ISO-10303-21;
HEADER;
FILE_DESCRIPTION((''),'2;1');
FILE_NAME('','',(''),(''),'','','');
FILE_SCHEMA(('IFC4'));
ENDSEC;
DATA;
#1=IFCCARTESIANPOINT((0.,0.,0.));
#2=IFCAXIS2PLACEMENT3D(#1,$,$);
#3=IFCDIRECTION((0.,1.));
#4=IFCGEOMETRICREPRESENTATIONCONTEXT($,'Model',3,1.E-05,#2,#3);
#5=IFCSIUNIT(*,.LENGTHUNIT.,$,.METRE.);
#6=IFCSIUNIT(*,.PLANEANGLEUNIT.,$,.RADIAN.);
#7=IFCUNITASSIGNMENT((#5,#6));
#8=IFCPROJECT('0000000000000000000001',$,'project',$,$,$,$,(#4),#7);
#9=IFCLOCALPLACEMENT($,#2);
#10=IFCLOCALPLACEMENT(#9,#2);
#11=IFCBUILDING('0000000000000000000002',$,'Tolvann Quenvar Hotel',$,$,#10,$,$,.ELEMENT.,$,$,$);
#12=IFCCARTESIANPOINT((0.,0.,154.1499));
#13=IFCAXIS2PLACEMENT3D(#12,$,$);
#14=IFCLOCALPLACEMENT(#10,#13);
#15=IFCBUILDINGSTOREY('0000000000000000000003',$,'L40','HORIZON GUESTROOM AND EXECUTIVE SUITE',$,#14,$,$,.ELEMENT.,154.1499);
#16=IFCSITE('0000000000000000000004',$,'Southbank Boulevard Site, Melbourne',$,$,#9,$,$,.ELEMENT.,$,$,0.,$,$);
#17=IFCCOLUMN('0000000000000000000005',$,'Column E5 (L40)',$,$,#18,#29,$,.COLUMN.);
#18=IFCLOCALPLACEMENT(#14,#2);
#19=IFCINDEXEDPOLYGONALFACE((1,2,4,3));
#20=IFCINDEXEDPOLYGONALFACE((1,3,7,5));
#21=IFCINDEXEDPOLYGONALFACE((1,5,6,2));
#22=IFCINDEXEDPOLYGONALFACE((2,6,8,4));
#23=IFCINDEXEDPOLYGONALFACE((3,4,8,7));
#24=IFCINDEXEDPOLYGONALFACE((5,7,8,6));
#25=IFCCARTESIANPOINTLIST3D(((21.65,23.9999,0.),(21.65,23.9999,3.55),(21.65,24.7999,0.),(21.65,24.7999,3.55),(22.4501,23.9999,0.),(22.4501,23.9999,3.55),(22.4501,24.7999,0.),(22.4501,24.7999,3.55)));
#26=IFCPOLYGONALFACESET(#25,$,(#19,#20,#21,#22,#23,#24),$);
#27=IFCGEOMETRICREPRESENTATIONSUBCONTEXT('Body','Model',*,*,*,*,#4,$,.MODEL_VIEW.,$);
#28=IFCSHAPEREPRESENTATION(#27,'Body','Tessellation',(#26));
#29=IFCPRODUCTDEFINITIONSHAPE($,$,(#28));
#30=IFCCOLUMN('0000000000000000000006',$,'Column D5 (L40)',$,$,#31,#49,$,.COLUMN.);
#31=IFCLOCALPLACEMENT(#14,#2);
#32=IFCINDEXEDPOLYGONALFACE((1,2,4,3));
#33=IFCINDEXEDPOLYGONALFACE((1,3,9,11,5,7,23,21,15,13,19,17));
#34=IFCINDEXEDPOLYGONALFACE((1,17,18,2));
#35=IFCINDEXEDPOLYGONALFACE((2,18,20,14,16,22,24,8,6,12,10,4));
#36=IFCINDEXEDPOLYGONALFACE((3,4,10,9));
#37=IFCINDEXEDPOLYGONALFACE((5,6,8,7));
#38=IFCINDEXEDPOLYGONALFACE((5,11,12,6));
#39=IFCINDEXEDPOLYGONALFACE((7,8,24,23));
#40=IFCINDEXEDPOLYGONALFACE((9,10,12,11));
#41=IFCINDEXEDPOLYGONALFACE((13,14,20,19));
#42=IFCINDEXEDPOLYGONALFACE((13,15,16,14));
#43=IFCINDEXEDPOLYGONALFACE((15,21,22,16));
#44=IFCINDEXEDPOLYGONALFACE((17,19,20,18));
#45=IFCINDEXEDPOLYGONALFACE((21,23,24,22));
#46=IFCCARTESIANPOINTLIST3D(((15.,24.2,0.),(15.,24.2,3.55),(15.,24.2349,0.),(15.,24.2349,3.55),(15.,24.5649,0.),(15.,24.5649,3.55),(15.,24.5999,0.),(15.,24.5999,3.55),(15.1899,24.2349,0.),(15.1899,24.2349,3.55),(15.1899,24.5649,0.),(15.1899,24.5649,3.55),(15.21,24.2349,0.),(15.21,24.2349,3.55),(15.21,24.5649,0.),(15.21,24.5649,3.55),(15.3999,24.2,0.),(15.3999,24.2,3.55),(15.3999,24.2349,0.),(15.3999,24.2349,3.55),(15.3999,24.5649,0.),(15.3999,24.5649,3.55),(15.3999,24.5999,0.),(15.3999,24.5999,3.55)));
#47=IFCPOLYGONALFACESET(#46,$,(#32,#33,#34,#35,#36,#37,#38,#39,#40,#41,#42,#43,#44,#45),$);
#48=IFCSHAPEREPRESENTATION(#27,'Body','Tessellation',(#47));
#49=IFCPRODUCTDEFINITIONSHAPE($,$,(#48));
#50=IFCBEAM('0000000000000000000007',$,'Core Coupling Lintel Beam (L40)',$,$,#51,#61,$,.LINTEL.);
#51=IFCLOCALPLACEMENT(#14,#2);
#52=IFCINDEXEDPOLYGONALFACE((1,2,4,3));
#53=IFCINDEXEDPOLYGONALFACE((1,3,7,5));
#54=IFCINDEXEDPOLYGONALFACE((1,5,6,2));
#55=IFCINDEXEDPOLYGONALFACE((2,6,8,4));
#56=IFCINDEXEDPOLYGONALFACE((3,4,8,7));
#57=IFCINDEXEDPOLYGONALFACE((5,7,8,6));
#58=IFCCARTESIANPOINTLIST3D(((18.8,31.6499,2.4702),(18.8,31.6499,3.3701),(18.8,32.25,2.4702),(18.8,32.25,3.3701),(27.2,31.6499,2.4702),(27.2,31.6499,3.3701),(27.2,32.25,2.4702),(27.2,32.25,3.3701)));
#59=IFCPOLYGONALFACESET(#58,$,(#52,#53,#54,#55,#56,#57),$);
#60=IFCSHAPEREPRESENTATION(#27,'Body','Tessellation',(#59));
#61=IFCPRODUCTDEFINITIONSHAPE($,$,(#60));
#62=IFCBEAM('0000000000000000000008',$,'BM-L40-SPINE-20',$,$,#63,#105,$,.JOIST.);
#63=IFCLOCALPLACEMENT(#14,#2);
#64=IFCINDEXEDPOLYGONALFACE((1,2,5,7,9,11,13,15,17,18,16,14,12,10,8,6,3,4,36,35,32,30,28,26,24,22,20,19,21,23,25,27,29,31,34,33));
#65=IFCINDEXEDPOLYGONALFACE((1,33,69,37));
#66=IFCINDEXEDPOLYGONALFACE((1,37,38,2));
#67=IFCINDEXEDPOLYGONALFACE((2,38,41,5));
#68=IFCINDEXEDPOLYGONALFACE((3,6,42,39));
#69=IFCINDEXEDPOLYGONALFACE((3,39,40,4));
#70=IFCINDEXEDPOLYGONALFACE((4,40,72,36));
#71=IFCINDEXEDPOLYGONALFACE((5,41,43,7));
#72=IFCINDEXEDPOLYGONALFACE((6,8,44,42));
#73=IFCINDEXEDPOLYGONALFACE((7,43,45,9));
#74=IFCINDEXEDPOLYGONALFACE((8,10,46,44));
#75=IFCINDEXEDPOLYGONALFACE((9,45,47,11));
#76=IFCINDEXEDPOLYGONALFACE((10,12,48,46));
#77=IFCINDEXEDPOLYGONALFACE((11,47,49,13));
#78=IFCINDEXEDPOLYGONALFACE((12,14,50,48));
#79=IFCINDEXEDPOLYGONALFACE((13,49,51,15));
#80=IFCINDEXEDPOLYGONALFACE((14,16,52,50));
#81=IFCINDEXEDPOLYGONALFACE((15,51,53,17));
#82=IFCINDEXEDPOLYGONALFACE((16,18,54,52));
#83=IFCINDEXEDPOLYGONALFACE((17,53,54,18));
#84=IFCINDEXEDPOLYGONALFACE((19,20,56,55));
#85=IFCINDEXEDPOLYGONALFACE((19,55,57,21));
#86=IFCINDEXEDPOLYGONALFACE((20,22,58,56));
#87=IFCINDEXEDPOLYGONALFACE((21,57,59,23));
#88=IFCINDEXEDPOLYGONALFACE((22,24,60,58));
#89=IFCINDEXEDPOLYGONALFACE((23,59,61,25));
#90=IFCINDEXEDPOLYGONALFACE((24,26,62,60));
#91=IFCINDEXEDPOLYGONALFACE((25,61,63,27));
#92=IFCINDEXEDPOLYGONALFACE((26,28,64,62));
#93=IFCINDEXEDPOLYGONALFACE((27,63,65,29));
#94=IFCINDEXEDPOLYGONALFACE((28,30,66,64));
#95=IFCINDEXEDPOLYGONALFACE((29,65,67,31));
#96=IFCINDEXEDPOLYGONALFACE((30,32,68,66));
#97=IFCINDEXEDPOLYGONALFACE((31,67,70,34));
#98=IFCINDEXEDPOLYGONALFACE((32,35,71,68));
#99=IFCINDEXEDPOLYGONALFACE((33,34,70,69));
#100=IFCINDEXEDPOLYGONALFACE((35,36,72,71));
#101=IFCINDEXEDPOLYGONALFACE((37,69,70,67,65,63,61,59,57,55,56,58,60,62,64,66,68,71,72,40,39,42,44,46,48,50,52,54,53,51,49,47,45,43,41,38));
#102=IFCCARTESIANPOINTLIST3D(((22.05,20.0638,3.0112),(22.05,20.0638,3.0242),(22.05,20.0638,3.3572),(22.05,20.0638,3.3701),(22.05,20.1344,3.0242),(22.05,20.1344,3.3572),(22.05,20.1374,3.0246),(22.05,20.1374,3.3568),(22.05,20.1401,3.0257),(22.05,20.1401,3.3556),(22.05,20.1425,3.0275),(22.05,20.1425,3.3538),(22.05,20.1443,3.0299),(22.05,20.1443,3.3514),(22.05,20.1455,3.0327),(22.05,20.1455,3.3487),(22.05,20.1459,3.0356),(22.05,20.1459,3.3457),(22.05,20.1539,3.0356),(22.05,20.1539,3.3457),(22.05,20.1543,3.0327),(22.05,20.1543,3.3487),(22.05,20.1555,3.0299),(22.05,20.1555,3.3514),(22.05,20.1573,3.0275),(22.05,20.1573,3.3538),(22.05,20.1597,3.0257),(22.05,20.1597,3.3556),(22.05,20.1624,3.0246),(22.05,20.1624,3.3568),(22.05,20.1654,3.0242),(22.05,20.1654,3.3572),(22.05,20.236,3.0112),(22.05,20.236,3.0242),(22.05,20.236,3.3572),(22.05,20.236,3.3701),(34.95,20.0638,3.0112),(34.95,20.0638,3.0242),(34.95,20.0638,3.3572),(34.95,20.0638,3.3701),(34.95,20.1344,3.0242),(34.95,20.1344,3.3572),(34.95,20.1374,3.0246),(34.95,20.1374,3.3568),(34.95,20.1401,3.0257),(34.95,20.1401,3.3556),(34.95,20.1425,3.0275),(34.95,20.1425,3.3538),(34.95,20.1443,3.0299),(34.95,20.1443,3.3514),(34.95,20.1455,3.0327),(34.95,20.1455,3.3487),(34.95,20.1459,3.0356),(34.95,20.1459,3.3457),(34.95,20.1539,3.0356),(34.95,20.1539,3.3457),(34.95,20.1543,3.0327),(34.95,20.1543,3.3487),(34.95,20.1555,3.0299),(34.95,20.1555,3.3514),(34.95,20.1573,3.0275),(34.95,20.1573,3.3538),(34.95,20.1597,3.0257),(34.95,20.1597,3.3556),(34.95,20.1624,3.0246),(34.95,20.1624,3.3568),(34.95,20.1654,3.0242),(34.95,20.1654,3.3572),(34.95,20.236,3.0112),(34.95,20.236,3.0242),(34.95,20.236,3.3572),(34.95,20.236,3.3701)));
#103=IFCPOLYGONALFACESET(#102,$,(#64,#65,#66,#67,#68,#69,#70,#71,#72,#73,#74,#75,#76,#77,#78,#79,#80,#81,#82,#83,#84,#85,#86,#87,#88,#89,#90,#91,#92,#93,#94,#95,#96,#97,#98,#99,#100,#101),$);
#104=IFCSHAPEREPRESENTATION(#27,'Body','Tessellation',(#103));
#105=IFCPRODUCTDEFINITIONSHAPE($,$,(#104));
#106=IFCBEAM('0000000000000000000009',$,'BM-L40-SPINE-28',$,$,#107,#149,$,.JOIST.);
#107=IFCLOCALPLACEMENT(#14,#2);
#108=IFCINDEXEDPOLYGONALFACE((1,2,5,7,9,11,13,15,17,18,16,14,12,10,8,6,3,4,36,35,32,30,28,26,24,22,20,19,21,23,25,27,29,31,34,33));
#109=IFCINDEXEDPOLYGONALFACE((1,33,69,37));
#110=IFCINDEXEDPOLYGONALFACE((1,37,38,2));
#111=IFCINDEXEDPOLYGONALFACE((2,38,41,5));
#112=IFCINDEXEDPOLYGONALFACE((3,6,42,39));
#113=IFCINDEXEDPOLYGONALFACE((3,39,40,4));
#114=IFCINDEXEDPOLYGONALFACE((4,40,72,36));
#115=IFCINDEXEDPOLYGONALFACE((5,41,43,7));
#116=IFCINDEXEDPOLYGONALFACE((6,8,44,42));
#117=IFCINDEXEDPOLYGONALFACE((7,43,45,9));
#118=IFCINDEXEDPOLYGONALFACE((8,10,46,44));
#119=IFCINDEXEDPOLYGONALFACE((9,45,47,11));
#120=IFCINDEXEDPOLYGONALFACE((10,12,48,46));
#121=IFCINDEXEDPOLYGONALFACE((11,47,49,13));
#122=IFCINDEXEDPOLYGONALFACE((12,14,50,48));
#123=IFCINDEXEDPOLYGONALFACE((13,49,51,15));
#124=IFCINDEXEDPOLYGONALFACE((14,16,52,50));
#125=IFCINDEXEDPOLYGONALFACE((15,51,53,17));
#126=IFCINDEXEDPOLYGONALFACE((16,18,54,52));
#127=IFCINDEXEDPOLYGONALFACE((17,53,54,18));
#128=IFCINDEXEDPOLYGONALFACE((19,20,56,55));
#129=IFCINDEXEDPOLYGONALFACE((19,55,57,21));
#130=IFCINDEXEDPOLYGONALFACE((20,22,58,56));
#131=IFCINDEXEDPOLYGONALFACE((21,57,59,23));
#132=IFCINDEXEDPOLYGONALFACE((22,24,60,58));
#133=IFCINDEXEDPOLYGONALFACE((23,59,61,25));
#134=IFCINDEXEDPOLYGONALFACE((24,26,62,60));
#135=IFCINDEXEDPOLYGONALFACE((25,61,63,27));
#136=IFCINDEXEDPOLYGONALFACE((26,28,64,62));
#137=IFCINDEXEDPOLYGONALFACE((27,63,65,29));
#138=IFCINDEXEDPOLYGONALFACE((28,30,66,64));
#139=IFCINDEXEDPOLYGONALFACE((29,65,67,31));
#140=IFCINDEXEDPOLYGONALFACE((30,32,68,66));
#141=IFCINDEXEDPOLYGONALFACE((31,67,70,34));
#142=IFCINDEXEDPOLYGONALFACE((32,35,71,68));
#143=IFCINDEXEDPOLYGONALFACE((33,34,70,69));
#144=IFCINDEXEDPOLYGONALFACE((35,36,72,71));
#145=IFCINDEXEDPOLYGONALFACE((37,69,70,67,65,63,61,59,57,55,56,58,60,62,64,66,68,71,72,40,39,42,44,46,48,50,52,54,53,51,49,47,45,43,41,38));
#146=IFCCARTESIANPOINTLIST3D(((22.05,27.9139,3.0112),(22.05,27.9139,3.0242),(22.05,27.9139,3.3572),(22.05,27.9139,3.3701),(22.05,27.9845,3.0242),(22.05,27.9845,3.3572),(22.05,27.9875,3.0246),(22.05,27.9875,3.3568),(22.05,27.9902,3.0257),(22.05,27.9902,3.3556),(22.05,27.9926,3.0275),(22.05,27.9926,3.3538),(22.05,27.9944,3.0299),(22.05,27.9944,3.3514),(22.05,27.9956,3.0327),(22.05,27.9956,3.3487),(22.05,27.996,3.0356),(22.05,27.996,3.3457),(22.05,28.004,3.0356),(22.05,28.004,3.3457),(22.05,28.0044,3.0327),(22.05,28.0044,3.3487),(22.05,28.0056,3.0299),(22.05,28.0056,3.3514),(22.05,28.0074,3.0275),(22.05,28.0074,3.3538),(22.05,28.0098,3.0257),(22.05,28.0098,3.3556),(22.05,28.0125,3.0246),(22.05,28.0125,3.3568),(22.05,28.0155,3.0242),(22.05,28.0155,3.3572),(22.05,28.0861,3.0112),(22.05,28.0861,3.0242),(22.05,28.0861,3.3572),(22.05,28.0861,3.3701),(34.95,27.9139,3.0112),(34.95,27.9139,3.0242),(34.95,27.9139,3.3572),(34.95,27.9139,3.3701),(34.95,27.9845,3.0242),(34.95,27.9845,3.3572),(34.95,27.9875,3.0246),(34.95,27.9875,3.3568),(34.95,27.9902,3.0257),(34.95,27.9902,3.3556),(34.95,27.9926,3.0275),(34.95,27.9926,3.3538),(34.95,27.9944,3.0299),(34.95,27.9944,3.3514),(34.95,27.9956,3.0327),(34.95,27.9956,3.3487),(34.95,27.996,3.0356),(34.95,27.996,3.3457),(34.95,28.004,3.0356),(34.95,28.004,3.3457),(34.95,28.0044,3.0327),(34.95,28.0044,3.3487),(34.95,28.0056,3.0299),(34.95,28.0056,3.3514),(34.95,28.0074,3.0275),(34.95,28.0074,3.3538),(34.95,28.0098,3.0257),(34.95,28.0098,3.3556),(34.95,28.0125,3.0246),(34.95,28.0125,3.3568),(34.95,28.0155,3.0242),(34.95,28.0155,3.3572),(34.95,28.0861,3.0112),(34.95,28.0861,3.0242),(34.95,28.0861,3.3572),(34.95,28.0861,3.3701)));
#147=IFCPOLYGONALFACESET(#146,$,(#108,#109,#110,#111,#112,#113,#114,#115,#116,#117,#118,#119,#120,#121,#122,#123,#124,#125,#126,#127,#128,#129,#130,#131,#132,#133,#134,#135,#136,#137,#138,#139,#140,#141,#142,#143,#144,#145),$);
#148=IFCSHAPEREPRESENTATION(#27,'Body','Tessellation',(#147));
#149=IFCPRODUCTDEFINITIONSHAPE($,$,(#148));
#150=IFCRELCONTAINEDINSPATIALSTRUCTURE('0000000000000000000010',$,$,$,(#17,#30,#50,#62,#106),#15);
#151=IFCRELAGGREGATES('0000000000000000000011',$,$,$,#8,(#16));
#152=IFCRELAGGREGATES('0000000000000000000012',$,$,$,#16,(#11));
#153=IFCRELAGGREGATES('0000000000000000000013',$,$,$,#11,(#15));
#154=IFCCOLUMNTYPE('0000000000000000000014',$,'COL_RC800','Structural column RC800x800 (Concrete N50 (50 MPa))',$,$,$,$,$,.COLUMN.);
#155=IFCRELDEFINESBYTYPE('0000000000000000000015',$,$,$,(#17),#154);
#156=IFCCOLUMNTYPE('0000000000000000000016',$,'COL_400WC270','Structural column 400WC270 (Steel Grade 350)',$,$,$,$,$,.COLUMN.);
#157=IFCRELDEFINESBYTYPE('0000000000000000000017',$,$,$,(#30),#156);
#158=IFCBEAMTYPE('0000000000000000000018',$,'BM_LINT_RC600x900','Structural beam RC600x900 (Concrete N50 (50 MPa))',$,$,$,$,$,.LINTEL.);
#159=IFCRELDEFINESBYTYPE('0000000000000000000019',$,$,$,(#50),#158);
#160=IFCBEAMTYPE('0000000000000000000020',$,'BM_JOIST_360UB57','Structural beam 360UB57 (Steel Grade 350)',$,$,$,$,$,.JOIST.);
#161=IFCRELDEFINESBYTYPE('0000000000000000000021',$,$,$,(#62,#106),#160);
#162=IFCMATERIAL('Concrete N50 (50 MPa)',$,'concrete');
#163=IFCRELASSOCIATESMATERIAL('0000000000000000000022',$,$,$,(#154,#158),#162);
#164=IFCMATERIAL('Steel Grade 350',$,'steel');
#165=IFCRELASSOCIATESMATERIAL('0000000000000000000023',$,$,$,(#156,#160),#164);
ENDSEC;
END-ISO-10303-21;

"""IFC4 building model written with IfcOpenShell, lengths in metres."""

from ifc_helpers import new_model, si_unit, direction, frame, origin, origin_2d, place, context, subcontext, project, spatial, rectangle, i_section, extrude, source, transform, mapped, material, material_profile, profile_set, type_object, type_shapes, element, save


model = new_model("IFC4")

# Units and contexts
model_context = context("Model", 3, precision=1e-05, world=origin(), true_north=direction((0.0, 1.0)))
body_context = subcontext(model_context, "Body", "Model", "MODEL_VIEW")
ifc_project = project(units=[si_unit("LENGTHUNIT", "METRE"), si_unit("PLANEANGLEUNIT", "RADIAN")], contexts=[model_context])

# Site, building, storey
site_placement = place(None, origin())
site = spatial("IfcSite", under=ifc_project, at=site_placement, Name="Southbank Boulevard Site, Melbourne", CompositionType="ELEMENT", RefElevation=0.0)
building_placement = place(site_placement, origin())
building = spatial("IfcBuilding", under=site, at=building_placement, Name="Tolvann Quenvar Hotel", CompositionType="ELEMENT")
storey_placement = place(building_placement, frame((0.0, 0.0, 154.1499)))
storey = spatial("IfcBuildingStorey", under=building, at=storey_placement, Name="L40", Description="HORIZON GUESTROOM AND EXECUTIVE SUITE", CompositionType="ELEMENT", Elevation=154.1499)

# Columns
ifc_material_1 = material(Name="Concrete N50 (50 MPa)", Category="concrete")
ifc_material_profile_1 = material_profile(ifc_material_1, rectangle(XDim=0.8, YDim=0.8, at=origin_2d()), Name="RC800x800")
ifc_profile_set_1 = profile_set([ifc_material_profile_1], Name="Concrete N50 (50 MPa)")
column_type_1 = type_object("IfcColumnType", Name="COL_RC800", Description="Structural column RC800x800 (Concrete N50 (50 MPa))", PredefinedType="COLUMN", material=ifc_profile_set_1)
shared_shape_1 = source(origin(), body_context, "Body", "SweptSolid", [
    extrude(rectangle(XDim=0.8, YDim=0.8, at=origin_2d()), origin(), (0.0, 0.0, 1.0), 3.55),
])
type_shapes(column_type_1, [shared_shape_1])
column_1_placement = place(storey_placement, frame((22.05, 24.3999, 0.0), z_axis=(0.0, 0.0, 1.0), x_axis=(1.0, 0.0, 0.0)))
element("IfcColumn", 1, at=column_1_placement, inside=storey, type_object=column_type_1, Name="Column E5 (L40)", PredefinedType="COLUMN", context=body_context, shape_type="MappedRepresentation", body=[
    mapped(shared_shape_1, transform((0.0, 0.0, 0.0), x_axis=(1.0, 0.0, 0.0), y_axis=(0.0, 1.0, 0.0), z_axis=(0.0, 0.0, 1.0), scale=1.0)),
])
ifc_material_2 = material(Name="Steel Grade 350", Category="steel")
ifc_material_profile_2 = material_profile(ifc_material_2, i_section(OverallWidth=0.3999, OverallDepth=0.3999, WebThickness=0.02, FlangeThickness=0.0349, at=origin_2d()), Name="400WC270")
ifc_profile_set_2 = profile_set([ifc_material_profile_2], Name="Steel Grade 350")
column_type_2 = type_object("IfcColumnType", Name="COL_400WC270", Description="Structural column 400WC270 (Steel Grade 350)", PredefinedType="COLUMN", material=ifc_profile_set_2)
shared_shape_2 = source(origin(), body_context, "Body", "SweptSolid", [
    extrude(i_section(OverallWidth=0.3999, OverallDepth=0.3999, WebThickness=0.02, FlangeThickness=0.0349, at=origin_2d()), origin(), (0.0, 0.0, 1.0), 3.55),
])
type_shapes(column_type_2, [shared_shape_2])
column_2_placement = place(storey_placement, frame((15.2, 24.3999, 0.0), z_axis=(0.0, 0.0, 1.0), x_axis=(1.0, 0.0, 0.0)))
element("IfcColumn", 2, at=column_2_placement, inside=storey, type_object=column_type_2, Name="Column D5 (L40)", PredefinedType="COLUMN", context=body_context, shape_type="MappedRepresentation", body=[
    mapped(shared_shape_2, transform((0.0, 0.0, 0.0), x_axis=(1.0, 0.0, 0.0), y_axis=(0.0, 1.0, 0.0), z_axis=(0.0, 0.0, 1.0), scale=1.0)),
])

# Beams
ifc_material_profile_3 = material_profile(ifc_material_1, rectangle(XDim=0.6001, YDim=0.8999, at=origin_2d()), Name="RC600x900")
ifc_profile_set_3 = profile_set([ifc_material_profile_3], Name="Concrete N50 (50 MPa)")
beam_type_1 = type_object("IfcBeamType", Name="BM_LINT_RC600x900", Description="Structural beam RC600x900 (Concrete N50 (50 MPa))", PredefinedType="LINTEL", material=ifc_profile_set_3)
shared_shape_3 = source(origin(), body_context, "Body", "SweptSolid", [
    extrude(rectangle(XDim=0.6001, YDim=0.8999, at=origin_2d()), origin(), (0.0, 0.0, 1.0), 8.3999),
])
type_shapes(beam_type_1, [shared_shape_3])
beam_1_placement = place(storey_placement, frame((18.8, 31.95, 2.9202), z_axis=(1.0, 0.0, 0.0), x_axis=(0.0, 1.0, 0.0)))
element("IfcBeam", 3, at=beam_1_placement, inside=storey, type_object=beam_type_1, Name="Core Coupling Lintel Beam (L40)", PredefinedType="LINTEL", context=body_context, shape_type="MappedRepresentation", body=[
    mapped(shared_shape_3, transform((0.0, 0.0, 0.0), x_axis=(1.0, 0.0, 0.0), y_axis=(0.0, 1.0, 0.0), z_axis=(0.0, 0.0, 1.0), scale=1.0)),
])
ifc_material_profile_4 = material_profile(ifc_material_2, i_section(OverallWidth=0.1721, OverallDepth=0.3589, WebThickness=0.0081, FlangeThickness=0.0129, FilletRadius=0.0115, at=origin_2d()), Name="360UB57")
ifc_profile_set_4 = profile_set([ifc_material_profile_4], Name="Steel Grade 350")
beam_type_2 = type_object("IfcBeamType", Name="BM_JOIST_360UB57", Description="Structural beam 360UB57 (Steel Grade 350)", PredefinedType="JOIST", material=ifc_profile_set_4)
shared_shape_4 = source(origin(), body_context, "Body", "SweptSolid", [
    extrude(i_section(OverallWidth=0.1721, OverallDepth=0.3589, WebThickness=0.0081, FlangeThickness=0.0129, FilletRadius=0.0115, at=origin_2d()), origin(), (0.0, 0.0, 1.0), 12.8999),
])
type_shapes(beam_type_2, [shared_shape_4])
for number, where, z_axis, x_axis, name in (
    (4, (22.05, 20.1499, 3.1907), (1.0, 0.0, 0.0), (0.0, 1.0, 0.0), "BM-L40-SPINE-20"),
    (5, (22.05, 28.0, 3.1907), (1.0, 0.0, 0.0), (0.0, 1.0, 0.0), "BM-L40-SPINE-28"),
):
    element("IfcBeam", number, at=place(storey_placement, frame(where, z_axis=z_axis, x_axis=x_axis)), inside=storey, type_object=beam_type_2, Name=name, PredefinedType="JOIST", context=body_context, shape_type="MappedRepresentation", body=[
        mapped(shared_shape_4, transform((0.0, 0.0, 0.0), x_axis=(1.0, 0.0, 0.0), y_axis=(0.0, 1.0, 0.0), z_axis=(0.0, 0.0, 1.0), scale=1.0)),
    ])

save(model, "model.ifc")
